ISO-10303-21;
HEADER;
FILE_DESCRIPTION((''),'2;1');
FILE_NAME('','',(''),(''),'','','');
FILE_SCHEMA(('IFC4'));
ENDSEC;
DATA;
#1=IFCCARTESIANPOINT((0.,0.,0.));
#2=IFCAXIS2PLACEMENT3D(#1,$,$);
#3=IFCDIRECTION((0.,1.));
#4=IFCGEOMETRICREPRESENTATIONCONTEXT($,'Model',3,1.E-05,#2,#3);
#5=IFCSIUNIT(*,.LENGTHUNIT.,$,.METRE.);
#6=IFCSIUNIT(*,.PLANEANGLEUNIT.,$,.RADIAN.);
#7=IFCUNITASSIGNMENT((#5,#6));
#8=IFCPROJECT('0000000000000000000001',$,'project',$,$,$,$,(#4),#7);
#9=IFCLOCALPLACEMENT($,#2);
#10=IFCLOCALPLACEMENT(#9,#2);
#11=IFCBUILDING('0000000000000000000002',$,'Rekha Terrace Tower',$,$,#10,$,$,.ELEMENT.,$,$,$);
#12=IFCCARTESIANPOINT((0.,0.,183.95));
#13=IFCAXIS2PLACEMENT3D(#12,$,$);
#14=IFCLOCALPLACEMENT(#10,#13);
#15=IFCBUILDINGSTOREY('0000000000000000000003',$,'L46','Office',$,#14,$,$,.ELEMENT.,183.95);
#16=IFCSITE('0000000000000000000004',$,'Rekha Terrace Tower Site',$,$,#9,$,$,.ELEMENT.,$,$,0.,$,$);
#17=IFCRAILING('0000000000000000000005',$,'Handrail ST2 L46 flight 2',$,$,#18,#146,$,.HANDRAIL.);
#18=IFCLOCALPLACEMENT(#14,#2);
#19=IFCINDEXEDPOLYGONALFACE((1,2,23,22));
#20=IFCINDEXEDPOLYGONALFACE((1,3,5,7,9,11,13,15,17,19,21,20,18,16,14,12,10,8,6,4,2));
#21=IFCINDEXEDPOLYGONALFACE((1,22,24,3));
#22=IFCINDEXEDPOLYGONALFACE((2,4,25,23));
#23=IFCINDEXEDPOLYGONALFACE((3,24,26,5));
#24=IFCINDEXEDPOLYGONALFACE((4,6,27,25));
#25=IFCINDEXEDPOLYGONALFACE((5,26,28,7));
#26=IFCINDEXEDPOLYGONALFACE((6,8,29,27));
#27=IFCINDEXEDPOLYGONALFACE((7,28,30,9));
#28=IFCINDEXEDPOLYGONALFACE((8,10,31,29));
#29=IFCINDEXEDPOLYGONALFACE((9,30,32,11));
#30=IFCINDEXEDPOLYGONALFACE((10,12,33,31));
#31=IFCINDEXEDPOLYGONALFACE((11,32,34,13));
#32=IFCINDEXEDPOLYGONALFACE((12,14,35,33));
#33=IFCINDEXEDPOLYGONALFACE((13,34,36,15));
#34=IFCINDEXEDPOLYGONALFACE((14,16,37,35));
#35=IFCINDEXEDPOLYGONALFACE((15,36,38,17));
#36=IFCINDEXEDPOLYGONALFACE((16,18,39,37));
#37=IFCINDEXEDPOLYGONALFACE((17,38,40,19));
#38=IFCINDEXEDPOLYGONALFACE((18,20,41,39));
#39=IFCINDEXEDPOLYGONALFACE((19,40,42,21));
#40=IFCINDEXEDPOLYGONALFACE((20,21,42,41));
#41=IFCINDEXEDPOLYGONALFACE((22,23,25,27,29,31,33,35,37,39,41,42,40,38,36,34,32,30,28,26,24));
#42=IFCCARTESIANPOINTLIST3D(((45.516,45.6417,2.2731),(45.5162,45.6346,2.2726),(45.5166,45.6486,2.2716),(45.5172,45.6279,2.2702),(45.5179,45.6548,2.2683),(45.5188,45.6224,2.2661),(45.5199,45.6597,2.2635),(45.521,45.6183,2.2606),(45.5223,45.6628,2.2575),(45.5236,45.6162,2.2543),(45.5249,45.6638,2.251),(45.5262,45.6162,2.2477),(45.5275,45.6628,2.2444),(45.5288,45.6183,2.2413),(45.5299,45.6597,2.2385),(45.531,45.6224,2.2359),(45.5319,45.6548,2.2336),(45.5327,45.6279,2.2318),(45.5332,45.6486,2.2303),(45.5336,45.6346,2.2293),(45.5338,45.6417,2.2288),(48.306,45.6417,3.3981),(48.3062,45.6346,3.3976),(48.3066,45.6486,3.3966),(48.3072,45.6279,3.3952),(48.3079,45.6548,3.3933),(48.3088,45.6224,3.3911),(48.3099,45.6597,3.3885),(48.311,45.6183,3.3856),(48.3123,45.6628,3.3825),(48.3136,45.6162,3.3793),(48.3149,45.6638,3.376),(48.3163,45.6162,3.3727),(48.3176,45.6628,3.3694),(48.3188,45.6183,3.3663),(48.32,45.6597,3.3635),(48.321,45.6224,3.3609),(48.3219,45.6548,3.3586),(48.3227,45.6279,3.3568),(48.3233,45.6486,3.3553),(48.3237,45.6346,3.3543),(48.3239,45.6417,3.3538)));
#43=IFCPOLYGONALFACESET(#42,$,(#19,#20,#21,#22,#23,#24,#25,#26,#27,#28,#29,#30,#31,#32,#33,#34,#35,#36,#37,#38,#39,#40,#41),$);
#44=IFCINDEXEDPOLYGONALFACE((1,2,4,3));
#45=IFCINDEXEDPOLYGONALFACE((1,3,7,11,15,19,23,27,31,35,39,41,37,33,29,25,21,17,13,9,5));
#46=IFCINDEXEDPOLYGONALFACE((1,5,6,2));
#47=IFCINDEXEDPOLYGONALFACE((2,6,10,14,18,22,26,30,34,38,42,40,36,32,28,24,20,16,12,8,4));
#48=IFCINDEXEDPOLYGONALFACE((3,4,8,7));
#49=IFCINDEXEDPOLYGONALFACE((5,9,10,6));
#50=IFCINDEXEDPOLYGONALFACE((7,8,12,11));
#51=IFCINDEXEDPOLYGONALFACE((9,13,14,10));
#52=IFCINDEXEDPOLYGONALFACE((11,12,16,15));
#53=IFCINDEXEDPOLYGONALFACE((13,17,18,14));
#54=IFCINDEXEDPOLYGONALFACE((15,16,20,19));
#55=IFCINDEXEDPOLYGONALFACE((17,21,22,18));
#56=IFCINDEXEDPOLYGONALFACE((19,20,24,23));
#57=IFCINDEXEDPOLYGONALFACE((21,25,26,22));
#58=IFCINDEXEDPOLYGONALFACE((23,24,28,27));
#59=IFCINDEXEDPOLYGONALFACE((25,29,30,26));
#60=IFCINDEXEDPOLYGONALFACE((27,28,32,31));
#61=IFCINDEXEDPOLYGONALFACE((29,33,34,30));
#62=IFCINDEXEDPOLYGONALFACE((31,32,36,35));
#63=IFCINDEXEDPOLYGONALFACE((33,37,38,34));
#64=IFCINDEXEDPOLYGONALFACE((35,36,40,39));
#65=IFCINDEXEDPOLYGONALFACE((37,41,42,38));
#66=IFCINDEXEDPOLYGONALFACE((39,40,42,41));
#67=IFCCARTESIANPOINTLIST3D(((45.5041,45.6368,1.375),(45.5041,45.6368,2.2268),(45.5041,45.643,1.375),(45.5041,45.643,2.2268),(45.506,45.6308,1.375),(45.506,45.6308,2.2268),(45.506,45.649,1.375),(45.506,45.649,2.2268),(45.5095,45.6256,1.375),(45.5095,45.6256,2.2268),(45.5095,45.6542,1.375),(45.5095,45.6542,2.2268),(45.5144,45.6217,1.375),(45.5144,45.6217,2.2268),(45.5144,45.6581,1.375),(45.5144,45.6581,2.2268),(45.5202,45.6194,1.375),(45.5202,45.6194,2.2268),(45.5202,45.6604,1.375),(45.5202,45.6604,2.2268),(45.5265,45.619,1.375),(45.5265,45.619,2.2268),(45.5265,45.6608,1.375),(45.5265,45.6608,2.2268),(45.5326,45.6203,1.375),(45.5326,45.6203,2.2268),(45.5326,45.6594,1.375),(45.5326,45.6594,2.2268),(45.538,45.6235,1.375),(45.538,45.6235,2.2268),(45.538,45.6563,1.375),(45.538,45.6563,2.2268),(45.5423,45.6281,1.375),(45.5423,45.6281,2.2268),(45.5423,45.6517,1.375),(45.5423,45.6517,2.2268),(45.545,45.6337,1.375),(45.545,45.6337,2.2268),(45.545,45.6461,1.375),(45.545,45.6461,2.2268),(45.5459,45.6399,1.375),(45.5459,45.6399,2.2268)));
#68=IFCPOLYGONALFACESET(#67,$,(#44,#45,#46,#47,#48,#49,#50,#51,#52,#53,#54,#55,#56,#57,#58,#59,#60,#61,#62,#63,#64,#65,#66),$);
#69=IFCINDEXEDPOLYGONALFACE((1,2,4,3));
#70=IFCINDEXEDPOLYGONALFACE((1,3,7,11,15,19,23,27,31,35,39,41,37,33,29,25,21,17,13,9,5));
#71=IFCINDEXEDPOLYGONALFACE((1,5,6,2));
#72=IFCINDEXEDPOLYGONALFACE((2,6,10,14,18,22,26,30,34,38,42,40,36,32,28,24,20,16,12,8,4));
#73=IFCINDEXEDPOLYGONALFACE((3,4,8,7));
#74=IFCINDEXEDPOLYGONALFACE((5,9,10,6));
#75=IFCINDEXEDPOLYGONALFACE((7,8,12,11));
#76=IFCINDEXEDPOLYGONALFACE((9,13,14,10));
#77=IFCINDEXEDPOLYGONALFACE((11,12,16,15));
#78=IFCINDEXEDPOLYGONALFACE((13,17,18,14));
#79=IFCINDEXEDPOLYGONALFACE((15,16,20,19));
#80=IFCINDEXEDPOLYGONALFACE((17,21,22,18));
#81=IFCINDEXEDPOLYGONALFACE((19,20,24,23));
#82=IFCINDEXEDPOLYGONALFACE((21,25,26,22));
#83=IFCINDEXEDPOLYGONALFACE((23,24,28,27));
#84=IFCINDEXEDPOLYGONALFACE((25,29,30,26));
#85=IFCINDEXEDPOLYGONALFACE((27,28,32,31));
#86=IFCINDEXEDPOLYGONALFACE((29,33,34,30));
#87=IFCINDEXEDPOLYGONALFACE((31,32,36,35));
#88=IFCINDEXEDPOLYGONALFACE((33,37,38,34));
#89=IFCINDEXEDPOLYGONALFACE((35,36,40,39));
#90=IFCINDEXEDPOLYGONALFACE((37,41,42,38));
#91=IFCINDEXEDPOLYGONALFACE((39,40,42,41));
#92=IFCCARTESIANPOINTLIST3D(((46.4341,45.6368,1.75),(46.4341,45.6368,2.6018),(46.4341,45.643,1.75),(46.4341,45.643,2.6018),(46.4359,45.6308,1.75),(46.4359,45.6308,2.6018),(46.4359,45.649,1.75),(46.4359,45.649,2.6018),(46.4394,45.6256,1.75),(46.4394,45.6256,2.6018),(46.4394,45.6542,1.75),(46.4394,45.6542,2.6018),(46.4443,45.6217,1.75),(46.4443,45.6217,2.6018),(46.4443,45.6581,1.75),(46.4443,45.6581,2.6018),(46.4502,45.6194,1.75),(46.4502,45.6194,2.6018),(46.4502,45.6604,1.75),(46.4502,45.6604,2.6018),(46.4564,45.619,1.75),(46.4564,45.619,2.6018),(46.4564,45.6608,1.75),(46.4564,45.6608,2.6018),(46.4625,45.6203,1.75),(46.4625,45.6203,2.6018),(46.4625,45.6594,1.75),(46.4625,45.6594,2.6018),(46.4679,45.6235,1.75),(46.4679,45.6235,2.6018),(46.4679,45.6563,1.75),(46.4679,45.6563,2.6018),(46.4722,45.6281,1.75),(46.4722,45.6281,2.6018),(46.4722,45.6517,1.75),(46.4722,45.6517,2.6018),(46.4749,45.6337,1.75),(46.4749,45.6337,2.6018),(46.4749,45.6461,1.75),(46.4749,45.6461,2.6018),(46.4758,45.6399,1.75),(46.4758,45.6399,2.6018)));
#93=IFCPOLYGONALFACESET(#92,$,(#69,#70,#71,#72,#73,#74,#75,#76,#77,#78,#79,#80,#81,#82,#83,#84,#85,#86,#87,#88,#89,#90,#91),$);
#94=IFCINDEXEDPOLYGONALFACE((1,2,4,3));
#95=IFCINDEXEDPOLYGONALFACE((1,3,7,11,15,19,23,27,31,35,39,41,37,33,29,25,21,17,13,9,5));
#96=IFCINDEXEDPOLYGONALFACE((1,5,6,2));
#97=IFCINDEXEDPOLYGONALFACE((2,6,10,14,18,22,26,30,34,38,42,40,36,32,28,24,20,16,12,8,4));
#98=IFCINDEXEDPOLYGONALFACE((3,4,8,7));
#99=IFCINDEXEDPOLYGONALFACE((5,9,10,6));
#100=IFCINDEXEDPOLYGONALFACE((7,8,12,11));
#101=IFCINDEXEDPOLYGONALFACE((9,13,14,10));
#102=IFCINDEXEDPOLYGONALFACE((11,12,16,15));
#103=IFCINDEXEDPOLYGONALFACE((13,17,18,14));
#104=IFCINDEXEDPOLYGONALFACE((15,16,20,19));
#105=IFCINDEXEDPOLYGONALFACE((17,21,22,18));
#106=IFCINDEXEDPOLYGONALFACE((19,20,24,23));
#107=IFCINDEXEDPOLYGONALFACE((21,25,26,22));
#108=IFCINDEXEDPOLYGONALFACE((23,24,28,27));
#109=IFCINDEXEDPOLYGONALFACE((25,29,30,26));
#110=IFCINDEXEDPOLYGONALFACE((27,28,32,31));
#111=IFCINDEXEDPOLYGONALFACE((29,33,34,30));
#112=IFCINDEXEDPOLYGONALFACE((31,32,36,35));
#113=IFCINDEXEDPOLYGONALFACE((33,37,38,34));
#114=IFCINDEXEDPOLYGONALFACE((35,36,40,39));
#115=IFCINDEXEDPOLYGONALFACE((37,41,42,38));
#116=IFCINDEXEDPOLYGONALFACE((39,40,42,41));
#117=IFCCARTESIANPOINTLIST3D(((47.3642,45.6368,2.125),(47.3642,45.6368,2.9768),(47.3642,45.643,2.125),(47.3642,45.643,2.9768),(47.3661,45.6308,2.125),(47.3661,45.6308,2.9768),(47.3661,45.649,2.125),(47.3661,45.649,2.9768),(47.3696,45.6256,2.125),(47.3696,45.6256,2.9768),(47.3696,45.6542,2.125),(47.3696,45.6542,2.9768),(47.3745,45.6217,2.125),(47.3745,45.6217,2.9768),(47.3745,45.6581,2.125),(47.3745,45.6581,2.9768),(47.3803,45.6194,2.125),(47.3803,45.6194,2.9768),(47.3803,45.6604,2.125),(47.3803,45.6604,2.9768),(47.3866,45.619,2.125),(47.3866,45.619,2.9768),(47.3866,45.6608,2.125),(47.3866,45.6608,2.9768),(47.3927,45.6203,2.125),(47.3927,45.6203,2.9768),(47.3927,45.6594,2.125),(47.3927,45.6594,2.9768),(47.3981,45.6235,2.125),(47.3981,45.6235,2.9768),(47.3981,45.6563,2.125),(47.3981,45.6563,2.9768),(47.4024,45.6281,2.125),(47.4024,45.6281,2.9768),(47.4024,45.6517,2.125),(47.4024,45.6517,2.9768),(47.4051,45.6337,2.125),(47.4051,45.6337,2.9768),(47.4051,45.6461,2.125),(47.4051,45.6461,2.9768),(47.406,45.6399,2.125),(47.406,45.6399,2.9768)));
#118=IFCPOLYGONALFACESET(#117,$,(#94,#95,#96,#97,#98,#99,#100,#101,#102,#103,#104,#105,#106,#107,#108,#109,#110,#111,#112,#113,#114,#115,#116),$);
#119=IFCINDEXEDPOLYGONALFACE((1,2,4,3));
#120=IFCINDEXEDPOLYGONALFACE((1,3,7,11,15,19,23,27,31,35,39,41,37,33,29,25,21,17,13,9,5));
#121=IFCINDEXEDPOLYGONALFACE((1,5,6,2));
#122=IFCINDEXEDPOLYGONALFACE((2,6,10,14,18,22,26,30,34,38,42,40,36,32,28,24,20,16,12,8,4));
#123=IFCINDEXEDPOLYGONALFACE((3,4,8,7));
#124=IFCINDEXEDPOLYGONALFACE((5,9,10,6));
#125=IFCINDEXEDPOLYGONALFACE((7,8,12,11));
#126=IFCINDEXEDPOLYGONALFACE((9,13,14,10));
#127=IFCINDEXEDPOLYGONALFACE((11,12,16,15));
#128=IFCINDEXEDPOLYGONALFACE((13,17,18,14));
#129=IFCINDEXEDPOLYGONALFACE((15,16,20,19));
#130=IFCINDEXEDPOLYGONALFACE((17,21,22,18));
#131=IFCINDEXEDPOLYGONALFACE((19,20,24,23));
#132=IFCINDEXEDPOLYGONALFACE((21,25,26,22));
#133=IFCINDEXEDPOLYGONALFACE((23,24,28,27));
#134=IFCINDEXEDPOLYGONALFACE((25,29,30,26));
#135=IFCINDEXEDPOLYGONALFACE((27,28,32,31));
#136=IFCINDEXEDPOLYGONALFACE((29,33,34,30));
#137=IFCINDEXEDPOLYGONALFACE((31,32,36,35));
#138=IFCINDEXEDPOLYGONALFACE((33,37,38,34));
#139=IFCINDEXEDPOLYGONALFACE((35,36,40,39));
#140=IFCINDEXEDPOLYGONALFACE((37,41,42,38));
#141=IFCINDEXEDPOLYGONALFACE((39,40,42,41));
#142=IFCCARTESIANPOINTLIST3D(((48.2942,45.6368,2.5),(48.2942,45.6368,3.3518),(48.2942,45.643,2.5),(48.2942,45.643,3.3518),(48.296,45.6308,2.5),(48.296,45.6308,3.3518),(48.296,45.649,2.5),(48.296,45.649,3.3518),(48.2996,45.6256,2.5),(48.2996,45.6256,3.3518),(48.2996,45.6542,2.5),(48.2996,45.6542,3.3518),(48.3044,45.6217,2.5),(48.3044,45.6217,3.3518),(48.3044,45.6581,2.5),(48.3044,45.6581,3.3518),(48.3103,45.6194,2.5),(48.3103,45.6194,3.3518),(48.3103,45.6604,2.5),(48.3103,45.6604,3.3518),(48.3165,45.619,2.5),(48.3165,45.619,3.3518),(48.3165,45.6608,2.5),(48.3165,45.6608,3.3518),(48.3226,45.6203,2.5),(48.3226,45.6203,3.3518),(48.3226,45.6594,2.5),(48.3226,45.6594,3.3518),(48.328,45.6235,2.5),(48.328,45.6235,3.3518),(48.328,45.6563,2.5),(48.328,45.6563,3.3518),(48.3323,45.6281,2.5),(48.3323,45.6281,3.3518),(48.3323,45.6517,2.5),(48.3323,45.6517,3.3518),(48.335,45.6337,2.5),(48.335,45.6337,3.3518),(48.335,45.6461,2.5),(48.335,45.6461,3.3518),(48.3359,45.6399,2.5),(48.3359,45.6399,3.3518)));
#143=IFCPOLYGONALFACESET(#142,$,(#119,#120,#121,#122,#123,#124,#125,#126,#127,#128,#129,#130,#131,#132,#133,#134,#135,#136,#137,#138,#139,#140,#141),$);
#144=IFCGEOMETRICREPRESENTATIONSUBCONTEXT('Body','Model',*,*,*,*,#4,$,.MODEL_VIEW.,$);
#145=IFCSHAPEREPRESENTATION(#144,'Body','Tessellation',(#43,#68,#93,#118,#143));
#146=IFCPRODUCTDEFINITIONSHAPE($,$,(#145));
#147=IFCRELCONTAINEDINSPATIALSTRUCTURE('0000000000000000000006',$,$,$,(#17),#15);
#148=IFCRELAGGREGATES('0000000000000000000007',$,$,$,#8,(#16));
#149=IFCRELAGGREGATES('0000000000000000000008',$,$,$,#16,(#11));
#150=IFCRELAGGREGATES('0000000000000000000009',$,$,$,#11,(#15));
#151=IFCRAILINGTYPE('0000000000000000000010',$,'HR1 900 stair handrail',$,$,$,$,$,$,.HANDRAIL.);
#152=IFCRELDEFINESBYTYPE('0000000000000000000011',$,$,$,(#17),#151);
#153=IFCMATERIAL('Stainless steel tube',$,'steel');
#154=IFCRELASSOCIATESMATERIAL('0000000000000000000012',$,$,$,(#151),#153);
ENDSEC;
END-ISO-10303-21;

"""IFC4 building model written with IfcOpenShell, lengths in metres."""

from ifc_helpers import new_model, si_unit, direction, frame, origin, origin_2d, place, context, subcontext, project, spatial, circle, extrude, material, type_object, element, save


model = new_model("IFC4")

# Units and contexts
model_context = context("Model", 3, precision=1e-05, world=origin(), true_north=direction((0.0, 1.0)))
body_context = subcontext(model_context, "Body", "Model", "MODEL_VIEW")
ifc_project = project(units=[si_unit("LENGTHUNIT", "METRE"), si_unit("PLANEANGLEUNIT", "RADIAN")], contexts=[model_context])

# Site, building, storey
site_placement = place(None, origin())
site = spatial("IfcSite", under=ifc_project, at=site_placement, Name="Rekha Terrace Tower Site", CompositionType="ELEMENT", RefElevation=0.0)
building_placement = place(site_placement, origin())
building = spatial("IfcBuilding", under=site, at=building_placement, Name="Rekha Terrace Tower", CompositionType="ELEMENT")
storey_placement = place(building_placement, frame((0.0, 0.0, 183.95)))
storey = spatial("IfcBuildingStorey", under=building, at=storey_placement, Name="L46", Description="Office", CompositionType="ELEMENT", Elevation=183.95)

# Railing
ifc_material_1 = material(Name="Stainless steel tube", Category="steel")
railing_type_1 = type_object("IfcRailingType", Name="HR1 900 stair handrail", PredefinedType="HANDRAIL", material=ifc_material_1)
railing_1_placement = place(storey_placement, frame((45.5249, 45.6399, 1.375)))
element("IfcRailing", 1, at=railing_1_placement, inside=storey, type_object=railing_type_1, Name="Handrail ST2 L46 flight 2", PredefinedType="HANDRAIL", context=body_context, shape_type="SweptSolid", body=[
    extrude(circle(Radius=0.0239, at=origin_2d()), frame((0.0, 0.0, 0.876), z_axis=(0.927443, 0.0, 0.373964), x_axis=(0.0, 1.0, 0.0)), (0.0, 0.0, 1.0), 3.0083),
    extrude(circle(Radius=0.021, at=origin_2d()), origin(), (0.0, 0.0, 1.0), 0.8518),
    extrude(circle(Radius=0.021, at=origin_2d()), frame((0.9299, 0.0, 0.375)), (0.0, 0.0, 1.0), 0.8518),
    extrude(circle(Radius=0.021, at=origin_2d()), frame((1.8601, 0.0, 0.75)), (0.0, 0.0, 1.0), 0.8518),
    extrude(circle(Radius=0.021, at=origin_2d()), frame((2.79, 0.0, 1.125)), (0.0, 0.0, 1.0), 0.8518),
])

save(model, "model.ifc")
